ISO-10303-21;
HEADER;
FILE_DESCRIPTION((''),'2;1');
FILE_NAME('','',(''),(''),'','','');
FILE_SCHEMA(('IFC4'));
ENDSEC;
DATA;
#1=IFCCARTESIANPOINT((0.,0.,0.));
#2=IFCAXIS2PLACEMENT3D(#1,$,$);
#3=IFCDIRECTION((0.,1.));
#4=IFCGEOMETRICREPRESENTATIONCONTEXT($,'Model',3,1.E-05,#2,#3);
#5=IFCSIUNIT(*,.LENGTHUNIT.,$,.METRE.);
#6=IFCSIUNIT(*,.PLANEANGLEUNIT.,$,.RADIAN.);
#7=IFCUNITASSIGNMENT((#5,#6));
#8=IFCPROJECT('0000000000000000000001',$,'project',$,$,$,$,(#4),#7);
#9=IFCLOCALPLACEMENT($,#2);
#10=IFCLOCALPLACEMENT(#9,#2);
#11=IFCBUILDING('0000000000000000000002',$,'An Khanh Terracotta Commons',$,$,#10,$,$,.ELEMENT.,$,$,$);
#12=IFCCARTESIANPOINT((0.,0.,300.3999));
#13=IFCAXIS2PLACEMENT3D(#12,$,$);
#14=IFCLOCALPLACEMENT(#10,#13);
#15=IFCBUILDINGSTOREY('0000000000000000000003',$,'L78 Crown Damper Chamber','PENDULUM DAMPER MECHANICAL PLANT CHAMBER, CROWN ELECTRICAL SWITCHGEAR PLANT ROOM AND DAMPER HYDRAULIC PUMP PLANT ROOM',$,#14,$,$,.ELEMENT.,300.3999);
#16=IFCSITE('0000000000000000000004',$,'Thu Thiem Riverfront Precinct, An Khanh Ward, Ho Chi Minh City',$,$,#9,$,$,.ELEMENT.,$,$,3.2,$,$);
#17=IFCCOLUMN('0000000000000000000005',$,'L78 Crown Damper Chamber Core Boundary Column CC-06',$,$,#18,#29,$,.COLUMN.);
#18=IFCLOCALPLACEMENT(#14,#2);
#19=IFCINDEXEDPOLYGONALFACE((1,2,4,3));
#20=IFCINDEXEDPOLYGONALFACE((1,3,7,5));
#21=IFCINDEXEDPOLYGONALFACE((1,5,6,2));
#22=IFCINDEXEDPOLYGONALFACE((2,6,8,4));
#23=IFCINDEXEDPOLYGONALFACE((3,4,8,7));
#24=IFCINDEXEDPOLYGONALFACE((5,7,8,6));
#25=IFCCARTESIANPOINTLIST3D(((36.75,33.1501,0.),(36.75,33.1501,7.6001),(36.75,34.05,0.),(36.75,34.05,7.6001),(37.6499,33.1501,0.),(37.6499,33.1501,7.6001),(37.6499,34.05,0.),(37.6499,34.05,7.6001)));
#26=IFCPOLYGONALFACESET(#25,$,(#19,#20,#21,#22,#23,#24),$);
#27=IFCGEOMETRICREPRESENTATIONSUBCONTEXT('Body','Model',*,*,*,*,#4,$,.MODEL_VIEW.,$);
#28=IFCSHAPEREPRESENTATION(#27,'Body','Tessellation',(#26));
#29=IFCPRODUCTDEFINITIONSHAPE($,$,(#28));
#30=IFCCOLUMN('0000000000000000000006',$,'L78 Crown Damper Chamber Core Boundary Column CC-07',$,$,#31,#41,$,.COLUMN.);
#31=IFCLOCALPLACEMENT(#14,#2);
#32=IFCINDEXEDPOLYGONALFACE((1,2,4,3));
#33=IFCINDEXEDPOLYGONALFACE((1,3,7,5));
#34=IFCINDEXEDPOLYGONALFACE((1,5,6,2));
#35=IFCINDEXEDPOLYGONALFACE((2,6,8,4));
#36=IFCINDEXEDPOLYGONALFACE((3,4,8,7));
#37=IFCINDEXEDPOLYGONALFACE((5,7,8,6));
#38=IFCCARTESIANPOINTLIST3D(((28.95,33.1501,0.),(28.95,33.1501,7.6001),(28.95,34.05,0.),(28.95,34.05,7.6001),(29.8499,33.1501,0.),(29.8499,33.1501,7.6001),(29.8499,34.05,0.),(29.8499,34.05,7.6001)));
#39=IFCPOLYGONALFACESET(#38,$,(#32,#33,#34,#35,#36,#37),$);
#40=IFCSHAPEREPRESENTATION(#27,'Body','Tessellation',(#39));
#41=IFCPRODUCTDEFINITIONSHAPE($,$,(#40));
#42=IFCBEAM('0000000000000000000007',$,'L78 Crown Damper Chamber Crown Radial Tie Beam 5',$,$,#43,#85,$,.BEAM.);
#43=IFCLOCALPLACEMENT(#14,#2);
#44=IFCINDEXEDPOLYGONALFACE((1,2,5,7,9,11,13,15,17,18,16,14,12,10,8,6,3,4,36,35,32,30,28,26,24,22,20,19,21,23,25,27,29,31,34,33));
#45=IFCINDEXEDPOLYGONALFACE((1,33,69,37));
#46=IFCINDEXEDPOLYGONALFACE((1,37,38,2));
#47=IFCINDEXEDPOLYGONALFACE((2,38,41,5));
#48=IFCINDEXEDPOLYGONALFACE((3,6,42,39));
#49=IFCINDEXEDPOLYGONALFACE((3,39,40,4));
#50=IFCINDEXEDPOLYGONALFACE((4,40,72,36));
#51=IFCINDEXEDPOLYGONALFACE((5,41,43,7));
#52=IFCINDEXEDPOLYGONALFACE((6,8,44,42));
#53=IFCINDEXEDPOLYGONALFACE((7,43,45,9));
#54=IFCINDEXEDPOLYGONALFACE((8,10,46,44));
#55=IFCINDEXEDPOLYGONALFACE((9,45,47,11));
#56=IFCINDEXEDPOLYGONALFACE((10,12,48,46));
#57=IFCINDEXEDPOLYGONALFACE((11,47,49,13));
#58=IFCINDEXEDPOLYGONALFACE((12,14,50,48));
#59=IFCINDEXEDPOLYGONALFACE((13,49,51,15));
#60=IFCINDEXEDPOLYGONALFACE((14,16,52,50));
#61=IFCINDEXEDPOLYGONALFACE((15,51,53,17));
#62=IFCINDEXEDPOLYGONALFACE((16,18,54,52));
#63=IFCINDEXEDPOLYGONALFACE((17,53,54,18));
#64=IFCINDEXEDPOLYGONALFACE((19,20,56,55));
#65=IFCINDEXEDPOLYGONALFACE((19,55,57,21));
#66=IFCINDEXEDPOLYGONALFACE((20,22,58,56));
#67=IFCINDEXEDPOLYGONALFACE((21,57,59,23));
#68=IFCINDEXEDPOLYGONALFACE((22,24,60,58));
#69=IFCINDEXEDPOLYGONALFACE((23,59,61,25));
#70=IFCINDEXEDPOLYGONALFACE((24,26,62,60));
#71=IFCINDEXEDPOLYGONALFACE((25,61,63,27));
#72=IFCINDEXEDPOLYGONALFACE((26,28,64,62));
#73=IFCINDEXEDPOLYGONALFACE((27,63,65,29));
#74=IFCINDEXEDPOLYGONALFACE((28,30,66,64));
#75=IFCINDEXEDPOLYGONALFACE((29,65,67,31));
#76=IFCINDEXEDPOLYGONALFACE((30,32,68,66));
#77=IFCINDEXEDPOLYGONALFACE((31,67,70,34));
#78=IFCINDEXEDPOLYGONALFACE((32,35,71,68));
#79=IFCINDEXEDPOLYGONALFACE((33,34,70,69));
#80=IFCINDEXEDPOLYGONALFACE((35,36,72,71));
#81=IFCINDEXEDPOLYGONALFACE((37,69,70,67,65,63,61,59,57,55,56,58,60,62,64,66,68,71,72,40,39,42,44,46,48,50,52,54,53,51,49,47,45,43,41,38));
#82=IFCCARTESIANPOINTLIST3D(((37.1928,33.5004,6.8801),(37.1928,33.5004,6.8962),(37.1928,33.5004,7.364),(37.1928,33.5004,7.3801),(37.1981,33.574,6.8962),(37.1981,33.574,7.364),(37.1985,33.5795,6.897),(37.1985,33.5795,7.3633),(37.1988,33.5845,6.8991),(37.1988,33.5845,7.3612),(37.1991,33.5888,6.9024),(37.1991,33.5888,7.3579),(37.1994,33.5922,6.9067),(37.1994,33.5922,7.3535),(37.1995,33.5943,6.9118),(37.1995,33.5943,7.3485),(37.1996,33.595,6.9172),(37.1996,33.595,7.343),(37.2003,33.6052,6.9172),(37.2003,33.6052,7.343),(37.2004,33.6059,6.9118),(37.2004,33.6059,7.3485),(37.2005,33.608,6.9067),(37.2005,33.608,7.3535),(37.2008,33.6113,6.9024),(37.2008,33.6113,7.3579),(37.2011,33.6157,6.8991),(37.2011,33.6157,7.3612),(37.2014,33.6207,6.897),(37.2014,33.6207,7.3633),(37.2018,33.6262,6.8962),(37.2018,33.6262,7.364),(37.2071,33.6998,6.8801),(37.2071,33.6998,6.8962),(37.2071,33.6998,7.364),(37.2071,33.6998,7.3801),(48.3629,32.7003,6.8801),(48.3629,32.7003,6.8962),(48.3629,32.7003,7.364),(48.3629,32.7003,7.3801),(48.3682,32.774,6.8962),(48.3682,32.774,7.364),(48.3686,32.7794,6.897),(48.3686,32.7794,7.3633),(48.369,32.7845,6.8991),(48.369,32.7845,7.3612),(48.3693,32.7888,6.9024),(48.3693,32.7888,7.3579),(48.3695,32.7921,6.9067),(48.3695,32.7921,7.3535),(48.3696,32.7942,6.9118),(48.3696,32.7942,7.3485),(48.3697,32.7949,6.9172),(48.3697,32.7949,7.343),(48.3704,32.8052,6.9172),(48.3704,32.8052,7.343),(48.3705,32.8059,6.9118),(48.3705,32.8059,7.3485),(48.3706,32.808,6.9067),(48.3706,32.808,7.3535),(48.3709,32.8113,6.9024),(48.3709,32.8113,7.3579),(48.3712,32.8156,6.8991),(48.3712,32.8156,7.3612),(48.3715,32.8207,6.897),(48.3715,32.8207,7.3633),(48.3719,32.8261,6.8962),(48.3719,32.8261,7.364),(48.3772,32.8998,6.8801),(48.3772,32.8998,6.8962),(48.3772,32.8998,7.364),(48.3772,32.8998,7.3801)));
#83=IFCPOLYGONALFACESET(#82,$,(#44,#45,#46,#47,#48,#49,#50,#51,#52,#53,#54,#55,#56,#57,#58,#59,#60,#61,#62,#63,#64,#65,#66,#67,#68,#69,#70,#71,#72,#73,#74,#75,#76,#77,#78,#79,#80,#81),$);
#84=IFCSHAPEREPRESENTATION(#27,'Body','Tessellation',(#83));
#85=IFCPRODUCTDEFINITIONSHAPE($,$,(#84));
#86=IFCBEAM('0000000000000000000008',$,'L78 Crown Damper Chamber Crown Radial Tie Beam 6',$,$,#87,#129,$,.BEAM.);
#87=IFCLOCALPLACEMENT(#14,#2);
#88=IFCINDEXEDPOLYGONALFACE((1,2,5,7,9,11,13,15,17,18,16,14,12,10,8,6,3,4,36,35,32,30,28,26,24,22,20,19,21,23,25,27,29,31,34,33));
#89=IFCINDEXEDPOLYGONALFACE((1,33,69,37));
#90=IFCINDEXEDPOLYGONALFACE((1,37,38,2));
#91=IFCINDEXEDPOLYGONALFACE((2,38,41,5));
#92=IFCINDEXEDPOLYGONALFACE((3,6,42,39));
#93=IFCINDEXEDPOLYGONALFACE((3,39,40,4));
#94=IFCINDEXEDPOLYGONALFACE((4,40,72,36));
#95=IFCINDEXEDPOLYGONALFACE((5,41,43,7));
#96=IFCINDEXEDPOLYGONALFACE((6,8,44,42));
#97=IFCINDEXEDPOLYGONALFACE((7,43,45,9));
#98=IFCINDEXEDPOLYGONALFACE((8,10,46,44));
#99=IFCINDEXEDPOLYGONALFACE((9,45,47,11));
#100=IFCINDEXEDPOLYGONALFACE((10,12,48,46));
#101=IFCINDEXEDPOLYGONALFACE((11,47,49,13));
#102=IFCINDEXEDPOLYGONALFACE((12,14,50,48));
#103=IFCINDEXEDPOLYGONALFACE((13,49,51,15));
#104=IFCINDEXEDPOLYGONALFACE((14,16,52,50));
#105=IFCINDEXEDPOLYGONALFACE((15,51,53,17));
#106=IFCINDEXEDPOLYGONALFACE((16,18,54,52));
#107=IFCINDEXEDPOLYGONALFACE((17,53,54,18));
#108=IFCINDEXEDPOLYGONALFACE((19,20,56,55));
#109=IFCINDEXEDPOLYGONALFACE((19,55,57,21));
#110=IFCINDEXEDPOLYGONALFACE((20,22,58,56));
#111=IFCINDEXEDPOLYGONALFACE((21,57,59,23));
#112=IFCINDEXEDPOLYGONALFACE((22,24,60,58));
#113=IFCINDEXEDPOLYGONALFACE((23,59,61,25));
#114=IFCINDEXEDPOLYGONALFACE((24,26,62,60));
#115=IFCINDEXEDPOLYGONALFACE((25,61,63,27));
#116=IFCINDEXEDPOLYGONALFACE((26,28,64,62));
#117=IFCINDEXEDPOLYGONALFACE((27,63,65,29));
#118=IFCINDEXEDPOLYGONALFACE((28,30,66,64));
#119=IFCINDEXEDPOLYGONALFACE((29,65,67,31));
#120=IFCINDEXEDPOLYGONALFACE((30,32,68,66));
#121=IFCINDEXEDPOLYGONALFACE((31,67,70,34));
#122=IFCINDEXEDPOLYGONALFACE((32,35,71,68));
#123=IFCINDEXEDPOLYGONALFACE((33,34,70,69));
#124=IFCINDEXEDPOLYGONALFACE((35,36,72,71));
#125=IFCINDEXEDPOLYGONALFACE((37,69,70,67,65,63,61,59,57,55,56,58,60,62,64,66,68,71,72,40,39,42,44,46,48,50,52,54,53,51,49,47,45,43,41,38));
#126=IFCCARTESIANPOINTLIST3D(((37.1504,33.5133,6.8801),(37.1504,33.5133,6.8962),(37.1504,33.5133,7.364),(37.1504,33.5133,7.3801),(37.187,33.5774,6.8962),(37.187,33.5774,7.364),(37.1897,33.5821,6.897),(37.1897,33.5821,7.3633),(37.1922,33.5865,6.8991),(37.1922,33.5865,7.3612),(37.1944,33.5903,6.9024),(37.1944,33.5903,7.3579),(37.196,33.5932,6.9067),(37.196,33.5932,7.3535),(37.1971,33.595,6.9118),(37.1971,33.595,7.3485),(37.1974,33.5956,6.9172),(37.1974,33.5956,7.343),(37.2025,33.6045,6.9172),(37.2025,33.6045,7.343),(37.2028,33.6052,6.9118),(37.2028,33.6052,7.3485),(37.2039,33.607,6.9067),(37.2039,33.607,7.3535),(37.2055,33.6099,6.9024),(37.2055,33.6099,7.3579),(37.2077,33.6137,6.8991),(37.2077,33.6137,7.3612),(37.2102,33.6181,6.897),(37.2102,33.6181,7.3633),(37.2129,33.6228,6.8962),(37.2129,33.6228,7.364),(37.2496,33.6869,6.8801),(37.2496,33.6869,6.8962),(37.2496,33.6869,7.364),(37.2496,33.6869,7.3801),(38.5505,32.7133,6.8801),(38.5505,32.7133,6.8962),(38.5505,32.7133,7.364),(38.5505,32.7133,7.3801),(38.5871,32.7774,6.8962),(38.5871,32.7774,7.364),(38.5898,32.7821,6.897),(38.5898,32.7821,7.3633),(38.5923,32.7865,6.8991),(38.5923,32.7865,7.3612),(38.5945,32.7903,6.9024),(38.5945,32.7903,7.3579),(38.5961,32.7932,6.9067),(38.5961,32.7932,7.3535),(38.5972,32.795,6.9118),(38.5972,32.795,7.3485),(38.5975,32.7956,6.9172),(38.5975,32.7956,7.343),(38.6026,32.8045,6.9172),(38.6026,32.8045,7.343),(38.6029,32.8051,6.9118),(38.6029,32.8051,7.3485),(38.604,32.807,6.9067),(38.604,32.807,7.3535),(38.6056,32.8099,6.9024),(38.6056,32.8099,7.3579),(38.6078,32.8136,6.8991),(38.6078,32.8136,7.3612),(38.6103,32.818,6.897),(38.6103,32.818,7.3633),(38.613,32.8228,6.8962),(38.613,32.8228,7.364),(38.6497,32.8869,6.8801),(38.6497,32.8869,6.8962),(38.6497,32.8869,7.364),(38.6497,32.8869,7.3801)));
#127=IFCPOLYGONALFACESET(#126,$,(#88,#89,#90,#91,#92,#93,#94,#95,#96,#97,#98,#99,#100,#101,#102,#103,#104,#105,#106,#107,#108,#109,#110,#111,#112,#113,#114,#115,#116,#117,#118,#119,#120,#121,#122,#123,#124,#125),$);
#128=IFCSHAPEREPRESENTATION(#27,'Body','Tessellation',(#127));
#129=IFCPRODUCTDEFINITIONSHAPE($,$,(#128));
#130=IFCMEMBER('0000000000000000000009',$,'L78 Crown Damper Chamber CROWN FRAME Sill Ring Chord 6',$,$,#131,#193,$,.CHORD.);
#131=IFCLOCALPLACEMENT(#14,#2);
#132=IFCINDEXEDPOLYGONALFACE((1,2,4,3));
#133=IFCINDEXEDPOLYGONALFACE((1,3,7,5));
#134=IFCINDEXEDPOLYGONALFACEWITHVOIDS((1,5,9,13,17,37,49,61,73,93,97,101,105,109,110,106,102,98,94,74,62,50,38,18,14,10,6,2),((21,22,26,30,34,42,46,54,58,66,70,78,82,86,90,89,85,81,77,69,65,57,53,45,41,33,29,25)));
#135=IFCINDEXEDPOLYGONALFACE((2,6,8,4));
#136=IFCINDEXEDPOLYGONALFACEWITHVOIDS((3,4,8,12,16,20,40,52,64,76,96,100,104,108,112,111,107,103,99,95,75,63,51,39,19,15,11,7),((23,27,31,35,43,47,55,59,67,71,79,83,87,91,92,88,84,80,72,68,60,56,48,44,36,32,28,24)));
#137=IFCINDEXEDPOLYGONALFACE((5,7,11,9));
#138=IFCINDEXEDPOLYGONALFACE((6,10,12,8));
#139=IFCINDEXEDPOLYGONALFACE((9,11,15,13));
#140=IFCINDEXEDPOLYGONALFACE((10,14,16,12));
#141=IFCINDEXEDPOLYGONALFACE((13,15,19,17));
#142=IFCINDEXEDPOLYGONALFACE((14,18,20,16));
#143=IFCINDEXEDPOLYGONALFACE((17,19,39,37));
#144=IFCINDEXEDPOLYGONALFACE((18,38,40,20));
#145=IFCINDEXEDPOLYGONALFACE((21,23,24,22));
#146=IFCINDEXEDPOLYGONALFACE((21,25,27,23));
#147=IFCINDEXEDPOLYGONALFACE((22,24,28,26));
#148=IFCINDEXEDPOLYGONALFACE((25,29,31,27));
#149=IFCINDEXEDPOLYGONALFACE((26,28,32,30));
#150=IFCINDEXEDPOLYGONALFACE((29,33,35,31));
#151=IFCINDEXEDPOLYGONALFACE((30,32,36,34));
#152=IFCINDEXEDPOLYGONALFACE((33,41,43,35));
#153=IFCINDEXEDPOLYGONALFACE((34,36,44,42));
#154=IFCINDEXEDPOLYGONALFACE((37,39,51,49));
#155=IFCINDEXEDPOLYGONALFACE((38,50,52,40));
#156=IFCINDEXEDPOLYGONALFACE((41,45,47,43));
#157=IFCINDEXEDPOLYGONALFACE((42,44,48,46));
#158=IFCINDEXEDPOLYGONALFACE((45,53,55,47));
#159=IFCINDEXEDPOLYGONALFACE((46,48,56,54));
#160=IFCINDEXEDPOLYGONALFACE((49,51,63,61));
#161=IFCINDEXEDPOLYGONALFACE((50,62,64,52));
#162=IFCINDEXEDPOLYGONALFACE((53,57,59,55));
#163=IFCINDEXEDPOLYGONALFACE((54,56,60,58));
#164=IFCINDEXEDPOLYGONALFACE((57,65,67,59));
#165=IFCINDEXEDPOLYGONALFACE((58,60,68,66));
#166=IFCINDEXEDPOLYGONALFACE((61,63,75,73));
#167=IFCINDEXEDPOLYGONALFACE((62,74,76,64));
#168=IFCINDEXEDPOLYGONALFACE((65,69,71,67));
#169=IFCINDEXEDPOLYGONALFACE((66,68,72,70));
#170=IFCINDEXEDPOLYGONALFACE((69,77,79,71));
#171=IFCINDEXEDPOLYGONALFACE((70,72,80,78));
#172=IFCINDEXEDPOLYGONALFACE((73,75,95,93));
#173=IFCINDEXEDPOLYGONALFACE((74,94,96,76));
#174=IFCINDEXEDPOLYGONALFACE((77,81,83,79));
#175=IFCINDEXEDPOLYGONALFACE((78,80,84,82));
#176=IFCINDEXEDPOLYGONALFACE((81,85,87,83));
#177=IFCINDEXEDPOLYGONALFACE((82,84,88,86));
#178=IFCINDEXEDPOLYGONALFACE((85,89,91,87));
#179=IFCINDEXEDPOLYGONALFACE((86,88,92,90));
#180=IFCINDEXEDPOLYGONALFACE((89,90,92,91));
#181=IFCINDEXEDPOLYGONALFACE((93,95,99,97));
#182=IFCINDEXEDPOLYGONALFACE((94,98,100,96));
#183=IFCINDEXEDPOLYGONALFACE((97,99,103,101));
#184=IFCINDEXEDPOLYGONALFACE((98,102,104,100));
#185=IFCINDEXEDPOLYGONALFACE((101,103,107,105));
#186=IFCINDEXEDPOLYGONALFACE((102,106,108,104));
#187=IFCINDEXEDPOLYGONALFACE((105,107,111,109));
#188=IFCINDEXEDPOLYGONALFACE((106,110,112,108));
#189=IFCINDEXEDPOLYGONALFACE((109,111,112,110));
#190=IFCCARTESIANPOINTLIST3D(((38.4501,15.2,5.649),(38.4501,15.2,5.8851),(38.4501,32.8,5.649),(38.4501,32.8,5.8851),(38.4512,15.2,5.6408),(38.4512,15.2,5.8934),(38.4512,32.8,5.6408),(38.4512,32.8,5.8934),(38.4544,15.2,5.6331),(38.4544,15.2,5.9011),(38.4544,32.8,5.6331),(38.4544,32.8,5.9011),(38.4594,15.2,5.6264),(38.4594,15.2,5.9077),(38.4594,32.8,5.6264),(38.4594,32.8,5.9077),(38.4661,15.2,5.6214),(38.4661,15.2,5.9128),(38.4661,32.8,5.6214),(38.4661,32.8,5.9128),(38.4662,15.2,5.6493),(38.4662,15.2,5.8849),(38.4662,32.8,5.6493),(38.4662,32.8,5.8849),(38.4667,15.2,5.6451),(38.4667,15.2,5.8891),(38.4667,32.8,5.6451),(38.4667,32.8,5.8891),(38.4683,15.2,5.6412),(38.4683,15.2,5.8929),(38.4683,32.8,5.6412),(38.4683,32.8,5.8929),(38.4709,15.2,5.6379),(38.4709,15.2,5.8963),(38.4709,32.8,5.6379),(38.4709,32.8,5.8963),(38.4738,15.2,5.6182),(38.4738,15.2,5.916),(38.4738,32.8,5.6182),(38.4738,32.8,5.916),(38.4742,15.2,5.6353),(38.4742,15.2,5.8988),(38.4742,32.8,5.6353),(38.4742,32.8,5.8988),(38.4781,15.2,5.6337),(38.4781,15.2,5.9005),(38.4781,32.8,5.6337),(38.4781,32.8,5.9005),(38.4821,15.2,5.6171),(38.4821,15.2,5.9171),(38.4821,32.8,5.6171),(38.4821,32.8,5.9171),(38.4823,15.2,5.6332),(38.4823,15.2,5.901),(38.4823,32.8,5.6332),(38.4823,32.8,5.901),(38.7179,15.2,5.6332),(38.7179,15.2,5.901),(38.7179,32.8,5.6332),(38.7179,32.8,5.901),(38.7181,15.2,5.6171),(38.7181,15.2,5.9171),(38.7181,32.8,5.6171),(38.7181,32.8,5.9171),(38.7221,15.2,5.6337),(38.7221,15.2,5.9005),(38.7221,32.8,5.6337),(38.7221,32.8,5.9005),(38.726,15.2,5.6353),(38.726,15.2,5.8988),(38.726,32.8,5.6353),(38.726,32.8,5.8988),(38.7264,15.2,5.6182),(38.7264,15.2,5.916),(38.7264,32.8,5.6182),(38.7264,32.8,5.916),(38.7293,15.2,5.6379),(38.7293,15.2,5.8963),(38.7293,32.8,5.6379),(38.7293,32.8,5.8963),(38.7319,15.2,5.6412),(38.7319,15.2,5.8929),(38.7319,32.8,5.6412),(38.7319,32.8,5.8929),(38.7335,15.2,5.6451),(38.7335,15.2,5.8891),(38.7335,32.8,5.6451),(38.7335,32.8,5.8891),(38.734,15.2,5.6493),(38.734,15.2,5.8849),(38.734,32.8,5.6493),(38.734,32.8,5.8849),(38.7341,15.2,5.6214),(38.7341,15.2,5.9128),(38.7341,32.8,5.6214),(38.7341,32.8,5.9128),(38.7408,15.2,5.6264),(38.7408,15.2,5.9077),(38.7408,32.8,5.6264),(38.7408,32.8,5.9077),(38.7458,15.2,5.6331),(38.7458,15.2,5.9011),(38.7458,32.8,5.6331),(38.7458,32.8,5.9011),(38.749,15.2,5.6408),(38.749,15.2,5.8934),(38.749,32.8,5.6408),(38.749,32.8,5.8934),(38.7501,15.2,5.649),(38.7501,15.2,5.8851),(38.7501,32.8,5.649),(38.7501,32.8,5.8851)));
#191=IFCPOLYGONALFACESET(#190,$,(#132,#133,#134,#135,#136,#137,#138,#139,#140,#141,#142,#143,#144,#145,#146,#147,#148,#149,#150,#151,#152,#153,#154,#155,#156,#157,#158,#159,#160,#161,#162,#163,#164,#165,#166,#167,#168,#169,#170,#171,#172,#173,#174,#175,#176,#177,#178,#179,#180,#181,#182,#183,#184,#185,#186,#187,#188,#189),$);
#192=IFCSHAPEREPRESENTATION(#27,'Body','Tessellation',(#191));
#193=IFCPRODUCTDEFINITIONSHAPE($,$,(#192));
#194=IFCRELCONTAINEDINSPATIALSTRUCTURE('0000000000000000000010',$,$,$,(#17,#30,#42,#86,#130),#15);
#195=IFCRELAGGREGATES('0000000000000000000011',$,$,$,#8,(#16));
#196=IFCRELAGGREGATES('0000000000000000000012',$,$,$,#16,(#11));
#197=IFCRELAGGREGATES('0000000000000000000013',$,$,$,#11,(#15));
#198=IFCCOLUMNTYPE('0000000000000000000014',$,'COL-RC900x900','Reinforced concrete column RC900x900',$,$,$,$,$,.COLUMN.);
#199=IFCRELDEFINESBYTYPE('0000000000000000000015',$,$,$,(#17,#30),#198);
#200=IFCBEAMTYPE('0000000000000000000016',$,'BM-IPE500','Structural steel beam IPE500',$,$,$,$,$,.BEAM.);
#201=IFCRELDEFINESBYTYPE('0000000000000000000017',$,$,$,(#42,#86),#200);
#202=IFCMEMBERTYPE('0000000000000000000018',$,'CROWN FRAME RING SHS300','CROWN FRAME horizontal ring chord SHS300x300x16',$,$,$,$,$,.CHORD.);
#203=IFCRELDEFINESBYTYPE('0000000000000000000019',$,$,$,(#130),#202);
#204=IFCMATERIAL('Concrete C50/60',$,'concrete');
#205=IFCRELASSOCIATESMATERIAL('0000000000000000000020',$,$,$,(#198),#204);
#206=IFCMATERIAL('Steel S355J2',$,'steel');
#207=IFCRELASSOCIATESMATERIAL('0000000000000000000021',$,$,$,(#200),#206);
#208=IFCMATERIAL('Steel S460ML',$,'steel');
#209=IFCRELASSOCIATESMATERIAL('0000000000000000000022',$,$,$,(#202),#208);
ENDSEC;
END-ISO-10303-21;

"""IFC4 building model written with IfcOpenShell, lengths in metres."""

from ifc_helpers import new_model, si_unit, direction, frame, origin, origin_2d, place, context, subcontext, project, spatial, rectangle, hollow_rectangle, i_section, extrude, material, material_profile, profile_set, type_object, element, save


model = new_model("IFC4")

# Units and contexts
model_context = context("Model", 3, precision=1e-05, world=origin(), true_north=direction((0.0, 1.0)))
body_context = subcontext(model_context, "Body", "Model", "MODEL_VIEW")
ifc_project = project(units=[si_unit("LENGTHUNIT", "METRE"), si_unit("PLANEANGLEUNIT", "RADIAN")], contexts=[model_context])

# Site, building, storey
site_placement = place(None, origin())
site = spatial("IfcSite", under=ifc_project, at=site_placement, Name="Thu Thiem Riverfront Precinct, An Khanh Ward, Ho Chi Minh City", CompositionType="ELEMENT", RefElevation=3.2)
building_placement = place(site_placement, origin())
building = spatial("IfcBuilding", under=site, at=building_placement, Name="An Khanh Terracotta Commons", CompositionType="ELEMENT")
storey_placement = place(building_placement, frame((0.0, 0.0, 300.3999)))
storey = spatial("IfcBuildingStorey", under=building, at=storey_placement, Name="L78 Crown Damper Chamber", Description="PENDULUM DAMPER MECHANICAL PLANT CHAMBER, CROWN ELECTRICAL SWITCHGEAR PLANT ROOM AND DAMPER HYDRAULIC PUMP PLANT ROOM", CompositionType="ELEMENT", Elevation=300.3999)

# Columns
ifc_material_1 = material(Name="Concrete C50/60", Category="concrete")
ifc_material_profile_1 = material_profile(ifc_material_1, rectangle(XDim=0.8999, YDim=0.8999, at=origin_2d()), Name="RC900x900")
ifc_profile_set_1 = profile_set([ifc_material_profile_1], Name="Concrete C50/60")
column_type = type_object("IfcColumnType", Name="COL-RC900x900", Description="Reinforced concrete column RC900x900", PredefinedType="COLUMN", material=ifc_profile_set_1)
for number, where, z_axis, x_axis, name in (
    (1, (37.2, 33.6001, 0.0), (0.0, 0.0, 1.0), (1.0, 0.0, 0.0), "L78 Crown Damper Chamber Core Boundary Column CC-06"),
    (2, (29.3999, 33.6001, 0.0), (0.0, 0.0, 1.0), (1.0, 0.0, 0.0), "L78 Crown Damper Chamber Core Boundary Column CC-07"),
):
    element("IfcColumn", number, at=place(storey_placement, frame(where, z_axis=z_axis, x_axis=x_axis)), inside=storey, type_object=column_type, Name=name, PredefinedType="COLUMN", context=body_context, shape_type="SweptSolid", body=[
        extrude(rectangle(XDim=0.8999, YDim=0.8999, at=origin_2d()), origin(), (0.0, 0.0, 1.0), 7.6001),
    ])

# Beams
ifc_material_2 = material(Name="Steel S355J2", Category="steel")
ifc_material_profile_2 = material_profile(ifc_material_2, i_section(OverallWidth=0.2, OverallDepth=0.5, WebThickness=0.0103, FlangeThickness=0.0161, FilletRadius=0.021, at=origin_2d()), Name="IPE500")
ifc_profile_set_2 = profile_set([ifc_material_profile_2], Name="Steel S355J2")
beam_type = type_object("IfcBeamType", Name="BM-IPE500", Description="Structural steel beam IPE500", PredefinedType="BEAM", material=ifc_profile_set_2)
beam_1_placement = place(storey_placement, frame((37.2, 33.6001, 7.1301), z_axis=(0.997445, -0.071441, 0.0), x_axis=(0.071441, 0.997445, 0.0)))
element("IfcBeam", 3, at=beam_1_placement, inside=storey, type_object=beam_type, Name="L78 Crown Damper Chamber Crown Radial Tie Beam 5", PredefinedType="BEAM", context=body_context, shape_type="SweptSolid", body=[
    extrude(i_section(OverallWidth=0.2, OverallDepth=0.5, WebThickness=0.0103, FlangeThickness=0.0161, FilletRadius=0.021, at=origin_2d()), origin(), (0.0, 0.0, 1.0), 11.1987),
])
beam_2_placement = place(storey_placement, frame((37.2, 33.6001, 7.1301), z_axis=(0.868252, -0.496123, 0.0), x_axis=(0.496123, 0.868252, 0.0)))
element("IfcBeam", 4, at=beam_2_placement, inside=storey, type_object=beam_type, Name="L78 Crown Damper Chamber Crown Radial Tie Beam 6", PredefinedType="BEAM", context=body_context, shape_type="SweptSolid", body=[
    extrude(i_section(OverallWidth=0.2, OverallDepth=0.5, WebThickness=0.0103, FlangeThickness=0.0161, FilletRadius=0.021, at=origin_2d()), origin(), (0.0, 0.0, 1.0), 1.6125),
])

# Member
ifc_material_3 = material(Name="Steel S460ML", Category="steel")
ifc_material_profile_3 = material_profile(ifc_material_3, hollow_rectangle(XDim=0.3, YDim=0.3, WallThickness=0.0161, InnerFilletRadius=0.0161, OuterFilletRadius=0.032, at=origin_2d()), Name="SHS300x300x16")
ifc_profile_set_3 = profile_set([ifc_material_profile_3], Name="Steel S460ML")
member_type_1 = type_object("IfcMemberType", Name="CROWN FRAME RING SHS300", Description="CROWN FRAME horizontal ring chord SHS300x300x16", PredefinedType="CHORD", material=ifc_profile_set_3)
member_1_placement = place(storey_placement, frame((38.6001, 32.8, 5.7671), z_axis=(0.0, -1.0, 0.0), x_axis=(1.0, 0.0, 0.0)))
element("IfcMember", 5, at=member_1_placement, inside=storey, type_object=member_type_1, Name="L78 Crown Damper Chamber CROWN FRAME Sill Ring Chord 6", PredefinedType="CHORD", context=body_context, shape_type="SweptSolid", body=[
    extrude(hollow_rectangle(XDim=0.3, YDim=0.3, WallThickness=0.0161, InnerFilletRadius=0.0161, OuterFilletRadius=0.032, at=origin_2d()), origin(), (0.0, 0.0, 1.0), 17.6001),
])

save(model, "model.ifc")
